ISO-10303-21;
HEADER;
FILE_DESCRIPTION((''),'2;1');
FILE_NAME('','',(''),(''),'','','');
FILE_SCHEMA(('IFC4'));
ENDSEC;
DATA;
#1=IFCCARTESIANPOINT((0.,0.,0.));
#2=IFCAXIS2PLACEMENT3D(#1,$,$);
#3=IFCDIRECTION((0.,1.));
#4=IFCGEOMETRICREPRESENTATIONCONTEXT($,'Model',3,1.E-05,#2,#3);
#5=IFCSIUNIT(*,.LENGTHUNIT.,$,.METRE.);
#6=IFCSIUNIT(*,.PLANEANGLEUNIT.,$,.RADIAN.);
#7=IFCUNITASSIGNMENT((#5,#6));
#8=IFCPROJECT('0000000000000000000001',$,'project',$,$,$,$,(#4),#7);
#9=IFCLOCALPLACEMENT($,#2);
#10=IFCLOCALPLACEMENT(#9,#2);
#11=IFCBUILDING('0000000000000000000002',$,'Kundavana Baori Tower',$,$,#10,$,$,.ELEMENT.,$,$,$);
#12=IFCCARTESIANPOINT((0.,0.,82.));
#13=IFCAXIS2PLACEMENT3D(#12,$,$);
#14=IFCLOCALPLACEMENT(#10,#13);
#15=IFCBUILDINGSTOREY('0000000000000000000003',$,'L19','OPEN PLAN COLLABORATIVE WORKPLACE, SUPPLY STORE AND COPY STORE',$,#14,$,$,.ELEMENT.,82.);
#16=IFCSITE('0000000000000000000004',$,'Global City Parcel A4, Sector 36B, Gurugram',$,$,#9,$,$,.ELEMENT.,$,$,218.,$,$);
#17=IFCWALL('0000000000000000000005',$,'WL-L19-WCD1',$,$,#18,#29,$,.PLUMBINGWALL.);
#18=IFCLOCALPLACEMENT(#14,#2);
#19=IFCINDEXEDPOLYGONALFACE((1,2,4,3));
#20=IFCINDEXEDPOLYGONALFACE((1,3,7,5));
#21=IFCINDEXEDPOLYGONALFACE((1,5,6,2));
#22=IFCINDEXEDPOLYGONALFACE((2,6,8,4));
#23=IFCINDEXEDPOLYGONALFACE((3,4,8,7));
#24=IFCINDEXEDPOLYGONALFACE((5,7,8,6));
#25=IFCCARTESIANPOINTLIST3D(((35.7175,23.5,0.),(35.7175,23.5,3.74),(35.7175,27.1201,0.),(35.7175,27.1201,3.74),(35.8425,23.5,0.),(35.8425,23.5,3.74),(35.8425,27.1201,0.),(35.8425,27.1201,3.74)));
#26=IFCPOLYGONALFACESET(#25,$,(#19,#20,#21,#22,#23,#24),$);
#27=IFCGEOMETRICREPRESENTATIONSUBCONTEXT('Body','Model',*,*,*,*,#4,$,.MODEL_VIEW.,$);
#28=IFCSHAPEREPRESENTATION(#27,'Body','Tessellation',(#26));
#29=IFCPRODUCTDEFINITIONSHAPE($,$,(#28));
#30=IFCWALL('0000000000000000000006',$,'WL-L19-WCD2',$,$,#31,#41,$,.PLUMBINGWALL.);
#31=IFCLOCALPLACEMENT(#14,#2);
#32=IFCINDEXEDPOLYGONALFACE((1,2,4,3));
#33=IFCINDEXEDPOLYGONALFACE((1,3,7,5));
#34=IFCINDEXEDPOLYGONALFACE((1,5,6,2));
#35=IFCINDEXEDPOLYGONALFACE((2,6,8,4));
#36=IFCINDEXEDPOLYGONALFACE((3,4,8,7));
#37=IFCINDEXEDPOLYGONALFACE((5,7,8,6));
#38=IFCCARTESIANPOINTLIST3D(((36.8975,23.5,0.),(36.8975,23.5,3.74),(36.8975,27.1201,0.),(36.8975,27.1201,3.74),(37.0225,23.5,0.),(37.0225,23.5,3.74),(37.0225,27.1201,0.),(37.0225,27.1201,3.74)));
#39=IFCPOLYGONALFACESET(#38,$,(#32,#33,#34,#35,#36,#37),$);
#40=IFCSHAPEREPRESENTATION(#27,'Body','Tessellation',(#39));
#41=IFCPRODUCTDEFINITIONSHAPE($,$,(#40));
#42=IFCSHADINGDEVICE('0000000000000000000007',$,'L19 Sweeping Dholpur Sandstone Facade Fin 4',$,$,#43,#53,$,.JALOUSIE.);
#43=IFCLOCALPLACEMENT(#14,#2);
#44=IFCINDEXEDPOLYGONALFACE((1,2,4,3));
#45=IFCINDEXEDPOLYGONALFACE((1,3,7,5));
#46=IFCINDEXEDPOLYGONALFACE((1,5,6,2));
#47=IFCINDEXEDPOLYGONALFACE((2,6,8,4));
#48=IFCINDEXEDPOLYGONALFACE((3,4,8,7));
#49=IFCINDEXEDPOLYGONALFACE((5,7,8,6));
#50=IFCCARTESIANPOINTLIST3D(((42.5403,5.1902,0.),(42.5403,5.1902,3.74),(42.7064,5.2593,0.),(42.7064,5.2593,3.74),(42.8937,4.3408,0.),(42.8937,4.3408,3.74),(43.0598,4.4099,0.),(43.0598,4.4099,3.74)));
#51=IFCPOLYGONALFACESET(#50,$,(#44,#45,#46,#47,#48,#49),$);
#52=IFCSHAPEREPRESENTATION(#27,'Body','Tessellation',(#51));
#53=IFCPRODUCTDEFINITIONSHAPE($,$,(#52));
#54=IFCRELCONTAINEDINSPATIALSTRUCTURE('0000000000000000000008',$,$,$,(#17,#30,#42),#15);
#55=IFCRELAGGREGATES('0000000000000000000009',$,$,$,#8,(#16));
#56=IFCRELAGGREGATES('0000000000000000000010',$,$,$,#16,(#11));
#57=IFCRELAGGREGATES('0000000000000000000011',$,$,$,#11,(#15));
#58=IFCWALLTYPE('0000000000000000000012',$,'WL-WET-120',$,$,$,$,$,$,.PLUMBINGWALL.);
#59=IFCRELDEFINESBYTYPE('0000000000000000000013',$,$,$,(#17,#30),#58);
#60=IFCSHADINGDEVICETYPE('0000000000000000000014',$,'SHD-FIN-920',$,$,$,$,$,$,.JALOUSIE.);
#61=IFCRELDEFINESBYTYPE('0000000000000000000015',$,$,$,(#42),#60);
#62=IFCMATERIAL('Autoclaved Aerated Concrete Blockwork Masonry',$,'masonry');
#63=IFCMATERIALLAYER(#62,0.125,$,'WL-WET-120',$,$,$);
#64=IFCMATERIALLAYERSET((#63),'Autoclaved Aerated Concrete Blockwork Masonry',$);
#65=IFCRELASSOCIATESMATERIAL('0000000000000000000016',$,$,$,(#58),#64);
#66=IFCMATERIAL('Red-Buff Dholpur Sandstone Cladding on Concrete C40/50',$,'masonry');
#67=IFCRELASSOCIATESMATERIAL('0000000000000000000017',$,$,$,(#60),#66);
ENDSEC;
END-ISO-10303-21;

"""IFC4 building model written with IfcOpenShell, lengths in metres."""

from ifc_helpers import new_model, si_unit, direction, frame, frame_2d, origin, origin_2d, place, context, subcontext, project, spatial, rectangle, extrude, material, layer, layer_set, type_object, element, save


model = new_model("IFC4")

# Units and contexts
model_context = context("Model", 3, precision=1e-05, world=origin(), true_north=direction((0.0, 1.0)))
body_context = subcontext(model_context, "Body", "Model", "MODEL_VIEW")
ifc_project = project(units=[si_unit("LENGTHUNIT", "METRE"), si_unit("PLANEANGLEUNIT", "RADIAN")], contexts=[model_context])

# Site, building, storey
site_placement = place(None, origin())
site = spatial("IfcSite", under=ifc_project, at=site_placement, Name="Global City Parcel A4, Sector 36B, Gurugram", CompositionType="ELEMENT", RefElevation=218.0)
building_placement = place(site_placement, origin())
building = spatial("IfcBuilding", under=site, at=building_placement, Name="Kundavana Baori Tower", CompositionType="ELEMENT")
storey_placement = place(building_placement, frame((0.0, 0.0, 82.0)))
storey = spatial("IfcBuildingStorey", under=building, at=storey_placement, Name="L19", Description="OPEN PLAN COLLABORATIVE WORKPLACE, SUPPLY STORE AND COPY STORE", CompositionType="ELEMENT", Elevation=82.0)

# Walls
ifc_material_1 = material(Name="Autoclaved Aerated Concrete Blockwork Masonry", Category="masonry")
ifc_layer_1 = layer(ifc_material_1, 0.125, Name="WL-WET-120")
ifc_layer_set_1 = layer_set([ifc_layer_1], Name="Autoclaved Aerated Concrete Blockwork Masonry")
wall_type_1 = type_object("IfcWallType", Name="WL-WET-120", PredefinedType="PLUMBINGWALL", material=ifc_layer_set_1)
for number, where, z_axis, x_axis, name in (
    (1, (35.78, 23.5, 0.0), (0.0, 0.0, 1.0), (0.0, 1.0, 0.0), "WL-L19-WCD1"),
    (2, (36.96, 23.5, 0.0), (0.0, 0.0, 1.0), (0.0, 1.0, 0.0), "WL-L19-WCD2"),
):
    element("IfcWall", number, at=place(storey_placement, frame(where, z_axis=z_axis, x_axis=x_axis)), inside=storey, type_object=wall_type_1, Name=name, PredefinedType="PLUMBINGWALL", context=body_context, shape_type="SweptSolid", body=[
        extrude(rectangle(XDim=3.6201, YDim=0.125, at=frame_2d((1.8101, 0.0))), origin(), (0.0, 0.0, 1.0), 3.74),
    ])

# Shading device
ifc_material_2 = material(Name="Red-Buff Dholpur Sandstone Cladding on Concrete C40/50", Category="masonry")
shading_device_type = type_object("IfcShadingDeviceType", Name="SHD-FIN-920", PredefinedType="JALOUSIE", material=ifc_material_2)
shading_device_placement = place(storey_placement, frame((42.8, 4.8, 0.0), z_axis=(0.0, 0.0, 1.0), x_axis=(0.923277, 0.384134, 0.0)))
element("IfcShadingDevice", 3, at=shading_device_placement, inside=storey, type_object=shading_device_type, Name="L19 Sweeping Dholpur Sandstone Facade Fin 4", PredefinedType="JALOUSIE", context=body_context, shape_type="SweptSolid", body=[
    extrude(rectangle(XDim=0.1799, YDim=0.9199, at=origin_2d()), origin(), (0.0, 0.0, 1.0), 3.74),
])

save(model, "model.ifc")
